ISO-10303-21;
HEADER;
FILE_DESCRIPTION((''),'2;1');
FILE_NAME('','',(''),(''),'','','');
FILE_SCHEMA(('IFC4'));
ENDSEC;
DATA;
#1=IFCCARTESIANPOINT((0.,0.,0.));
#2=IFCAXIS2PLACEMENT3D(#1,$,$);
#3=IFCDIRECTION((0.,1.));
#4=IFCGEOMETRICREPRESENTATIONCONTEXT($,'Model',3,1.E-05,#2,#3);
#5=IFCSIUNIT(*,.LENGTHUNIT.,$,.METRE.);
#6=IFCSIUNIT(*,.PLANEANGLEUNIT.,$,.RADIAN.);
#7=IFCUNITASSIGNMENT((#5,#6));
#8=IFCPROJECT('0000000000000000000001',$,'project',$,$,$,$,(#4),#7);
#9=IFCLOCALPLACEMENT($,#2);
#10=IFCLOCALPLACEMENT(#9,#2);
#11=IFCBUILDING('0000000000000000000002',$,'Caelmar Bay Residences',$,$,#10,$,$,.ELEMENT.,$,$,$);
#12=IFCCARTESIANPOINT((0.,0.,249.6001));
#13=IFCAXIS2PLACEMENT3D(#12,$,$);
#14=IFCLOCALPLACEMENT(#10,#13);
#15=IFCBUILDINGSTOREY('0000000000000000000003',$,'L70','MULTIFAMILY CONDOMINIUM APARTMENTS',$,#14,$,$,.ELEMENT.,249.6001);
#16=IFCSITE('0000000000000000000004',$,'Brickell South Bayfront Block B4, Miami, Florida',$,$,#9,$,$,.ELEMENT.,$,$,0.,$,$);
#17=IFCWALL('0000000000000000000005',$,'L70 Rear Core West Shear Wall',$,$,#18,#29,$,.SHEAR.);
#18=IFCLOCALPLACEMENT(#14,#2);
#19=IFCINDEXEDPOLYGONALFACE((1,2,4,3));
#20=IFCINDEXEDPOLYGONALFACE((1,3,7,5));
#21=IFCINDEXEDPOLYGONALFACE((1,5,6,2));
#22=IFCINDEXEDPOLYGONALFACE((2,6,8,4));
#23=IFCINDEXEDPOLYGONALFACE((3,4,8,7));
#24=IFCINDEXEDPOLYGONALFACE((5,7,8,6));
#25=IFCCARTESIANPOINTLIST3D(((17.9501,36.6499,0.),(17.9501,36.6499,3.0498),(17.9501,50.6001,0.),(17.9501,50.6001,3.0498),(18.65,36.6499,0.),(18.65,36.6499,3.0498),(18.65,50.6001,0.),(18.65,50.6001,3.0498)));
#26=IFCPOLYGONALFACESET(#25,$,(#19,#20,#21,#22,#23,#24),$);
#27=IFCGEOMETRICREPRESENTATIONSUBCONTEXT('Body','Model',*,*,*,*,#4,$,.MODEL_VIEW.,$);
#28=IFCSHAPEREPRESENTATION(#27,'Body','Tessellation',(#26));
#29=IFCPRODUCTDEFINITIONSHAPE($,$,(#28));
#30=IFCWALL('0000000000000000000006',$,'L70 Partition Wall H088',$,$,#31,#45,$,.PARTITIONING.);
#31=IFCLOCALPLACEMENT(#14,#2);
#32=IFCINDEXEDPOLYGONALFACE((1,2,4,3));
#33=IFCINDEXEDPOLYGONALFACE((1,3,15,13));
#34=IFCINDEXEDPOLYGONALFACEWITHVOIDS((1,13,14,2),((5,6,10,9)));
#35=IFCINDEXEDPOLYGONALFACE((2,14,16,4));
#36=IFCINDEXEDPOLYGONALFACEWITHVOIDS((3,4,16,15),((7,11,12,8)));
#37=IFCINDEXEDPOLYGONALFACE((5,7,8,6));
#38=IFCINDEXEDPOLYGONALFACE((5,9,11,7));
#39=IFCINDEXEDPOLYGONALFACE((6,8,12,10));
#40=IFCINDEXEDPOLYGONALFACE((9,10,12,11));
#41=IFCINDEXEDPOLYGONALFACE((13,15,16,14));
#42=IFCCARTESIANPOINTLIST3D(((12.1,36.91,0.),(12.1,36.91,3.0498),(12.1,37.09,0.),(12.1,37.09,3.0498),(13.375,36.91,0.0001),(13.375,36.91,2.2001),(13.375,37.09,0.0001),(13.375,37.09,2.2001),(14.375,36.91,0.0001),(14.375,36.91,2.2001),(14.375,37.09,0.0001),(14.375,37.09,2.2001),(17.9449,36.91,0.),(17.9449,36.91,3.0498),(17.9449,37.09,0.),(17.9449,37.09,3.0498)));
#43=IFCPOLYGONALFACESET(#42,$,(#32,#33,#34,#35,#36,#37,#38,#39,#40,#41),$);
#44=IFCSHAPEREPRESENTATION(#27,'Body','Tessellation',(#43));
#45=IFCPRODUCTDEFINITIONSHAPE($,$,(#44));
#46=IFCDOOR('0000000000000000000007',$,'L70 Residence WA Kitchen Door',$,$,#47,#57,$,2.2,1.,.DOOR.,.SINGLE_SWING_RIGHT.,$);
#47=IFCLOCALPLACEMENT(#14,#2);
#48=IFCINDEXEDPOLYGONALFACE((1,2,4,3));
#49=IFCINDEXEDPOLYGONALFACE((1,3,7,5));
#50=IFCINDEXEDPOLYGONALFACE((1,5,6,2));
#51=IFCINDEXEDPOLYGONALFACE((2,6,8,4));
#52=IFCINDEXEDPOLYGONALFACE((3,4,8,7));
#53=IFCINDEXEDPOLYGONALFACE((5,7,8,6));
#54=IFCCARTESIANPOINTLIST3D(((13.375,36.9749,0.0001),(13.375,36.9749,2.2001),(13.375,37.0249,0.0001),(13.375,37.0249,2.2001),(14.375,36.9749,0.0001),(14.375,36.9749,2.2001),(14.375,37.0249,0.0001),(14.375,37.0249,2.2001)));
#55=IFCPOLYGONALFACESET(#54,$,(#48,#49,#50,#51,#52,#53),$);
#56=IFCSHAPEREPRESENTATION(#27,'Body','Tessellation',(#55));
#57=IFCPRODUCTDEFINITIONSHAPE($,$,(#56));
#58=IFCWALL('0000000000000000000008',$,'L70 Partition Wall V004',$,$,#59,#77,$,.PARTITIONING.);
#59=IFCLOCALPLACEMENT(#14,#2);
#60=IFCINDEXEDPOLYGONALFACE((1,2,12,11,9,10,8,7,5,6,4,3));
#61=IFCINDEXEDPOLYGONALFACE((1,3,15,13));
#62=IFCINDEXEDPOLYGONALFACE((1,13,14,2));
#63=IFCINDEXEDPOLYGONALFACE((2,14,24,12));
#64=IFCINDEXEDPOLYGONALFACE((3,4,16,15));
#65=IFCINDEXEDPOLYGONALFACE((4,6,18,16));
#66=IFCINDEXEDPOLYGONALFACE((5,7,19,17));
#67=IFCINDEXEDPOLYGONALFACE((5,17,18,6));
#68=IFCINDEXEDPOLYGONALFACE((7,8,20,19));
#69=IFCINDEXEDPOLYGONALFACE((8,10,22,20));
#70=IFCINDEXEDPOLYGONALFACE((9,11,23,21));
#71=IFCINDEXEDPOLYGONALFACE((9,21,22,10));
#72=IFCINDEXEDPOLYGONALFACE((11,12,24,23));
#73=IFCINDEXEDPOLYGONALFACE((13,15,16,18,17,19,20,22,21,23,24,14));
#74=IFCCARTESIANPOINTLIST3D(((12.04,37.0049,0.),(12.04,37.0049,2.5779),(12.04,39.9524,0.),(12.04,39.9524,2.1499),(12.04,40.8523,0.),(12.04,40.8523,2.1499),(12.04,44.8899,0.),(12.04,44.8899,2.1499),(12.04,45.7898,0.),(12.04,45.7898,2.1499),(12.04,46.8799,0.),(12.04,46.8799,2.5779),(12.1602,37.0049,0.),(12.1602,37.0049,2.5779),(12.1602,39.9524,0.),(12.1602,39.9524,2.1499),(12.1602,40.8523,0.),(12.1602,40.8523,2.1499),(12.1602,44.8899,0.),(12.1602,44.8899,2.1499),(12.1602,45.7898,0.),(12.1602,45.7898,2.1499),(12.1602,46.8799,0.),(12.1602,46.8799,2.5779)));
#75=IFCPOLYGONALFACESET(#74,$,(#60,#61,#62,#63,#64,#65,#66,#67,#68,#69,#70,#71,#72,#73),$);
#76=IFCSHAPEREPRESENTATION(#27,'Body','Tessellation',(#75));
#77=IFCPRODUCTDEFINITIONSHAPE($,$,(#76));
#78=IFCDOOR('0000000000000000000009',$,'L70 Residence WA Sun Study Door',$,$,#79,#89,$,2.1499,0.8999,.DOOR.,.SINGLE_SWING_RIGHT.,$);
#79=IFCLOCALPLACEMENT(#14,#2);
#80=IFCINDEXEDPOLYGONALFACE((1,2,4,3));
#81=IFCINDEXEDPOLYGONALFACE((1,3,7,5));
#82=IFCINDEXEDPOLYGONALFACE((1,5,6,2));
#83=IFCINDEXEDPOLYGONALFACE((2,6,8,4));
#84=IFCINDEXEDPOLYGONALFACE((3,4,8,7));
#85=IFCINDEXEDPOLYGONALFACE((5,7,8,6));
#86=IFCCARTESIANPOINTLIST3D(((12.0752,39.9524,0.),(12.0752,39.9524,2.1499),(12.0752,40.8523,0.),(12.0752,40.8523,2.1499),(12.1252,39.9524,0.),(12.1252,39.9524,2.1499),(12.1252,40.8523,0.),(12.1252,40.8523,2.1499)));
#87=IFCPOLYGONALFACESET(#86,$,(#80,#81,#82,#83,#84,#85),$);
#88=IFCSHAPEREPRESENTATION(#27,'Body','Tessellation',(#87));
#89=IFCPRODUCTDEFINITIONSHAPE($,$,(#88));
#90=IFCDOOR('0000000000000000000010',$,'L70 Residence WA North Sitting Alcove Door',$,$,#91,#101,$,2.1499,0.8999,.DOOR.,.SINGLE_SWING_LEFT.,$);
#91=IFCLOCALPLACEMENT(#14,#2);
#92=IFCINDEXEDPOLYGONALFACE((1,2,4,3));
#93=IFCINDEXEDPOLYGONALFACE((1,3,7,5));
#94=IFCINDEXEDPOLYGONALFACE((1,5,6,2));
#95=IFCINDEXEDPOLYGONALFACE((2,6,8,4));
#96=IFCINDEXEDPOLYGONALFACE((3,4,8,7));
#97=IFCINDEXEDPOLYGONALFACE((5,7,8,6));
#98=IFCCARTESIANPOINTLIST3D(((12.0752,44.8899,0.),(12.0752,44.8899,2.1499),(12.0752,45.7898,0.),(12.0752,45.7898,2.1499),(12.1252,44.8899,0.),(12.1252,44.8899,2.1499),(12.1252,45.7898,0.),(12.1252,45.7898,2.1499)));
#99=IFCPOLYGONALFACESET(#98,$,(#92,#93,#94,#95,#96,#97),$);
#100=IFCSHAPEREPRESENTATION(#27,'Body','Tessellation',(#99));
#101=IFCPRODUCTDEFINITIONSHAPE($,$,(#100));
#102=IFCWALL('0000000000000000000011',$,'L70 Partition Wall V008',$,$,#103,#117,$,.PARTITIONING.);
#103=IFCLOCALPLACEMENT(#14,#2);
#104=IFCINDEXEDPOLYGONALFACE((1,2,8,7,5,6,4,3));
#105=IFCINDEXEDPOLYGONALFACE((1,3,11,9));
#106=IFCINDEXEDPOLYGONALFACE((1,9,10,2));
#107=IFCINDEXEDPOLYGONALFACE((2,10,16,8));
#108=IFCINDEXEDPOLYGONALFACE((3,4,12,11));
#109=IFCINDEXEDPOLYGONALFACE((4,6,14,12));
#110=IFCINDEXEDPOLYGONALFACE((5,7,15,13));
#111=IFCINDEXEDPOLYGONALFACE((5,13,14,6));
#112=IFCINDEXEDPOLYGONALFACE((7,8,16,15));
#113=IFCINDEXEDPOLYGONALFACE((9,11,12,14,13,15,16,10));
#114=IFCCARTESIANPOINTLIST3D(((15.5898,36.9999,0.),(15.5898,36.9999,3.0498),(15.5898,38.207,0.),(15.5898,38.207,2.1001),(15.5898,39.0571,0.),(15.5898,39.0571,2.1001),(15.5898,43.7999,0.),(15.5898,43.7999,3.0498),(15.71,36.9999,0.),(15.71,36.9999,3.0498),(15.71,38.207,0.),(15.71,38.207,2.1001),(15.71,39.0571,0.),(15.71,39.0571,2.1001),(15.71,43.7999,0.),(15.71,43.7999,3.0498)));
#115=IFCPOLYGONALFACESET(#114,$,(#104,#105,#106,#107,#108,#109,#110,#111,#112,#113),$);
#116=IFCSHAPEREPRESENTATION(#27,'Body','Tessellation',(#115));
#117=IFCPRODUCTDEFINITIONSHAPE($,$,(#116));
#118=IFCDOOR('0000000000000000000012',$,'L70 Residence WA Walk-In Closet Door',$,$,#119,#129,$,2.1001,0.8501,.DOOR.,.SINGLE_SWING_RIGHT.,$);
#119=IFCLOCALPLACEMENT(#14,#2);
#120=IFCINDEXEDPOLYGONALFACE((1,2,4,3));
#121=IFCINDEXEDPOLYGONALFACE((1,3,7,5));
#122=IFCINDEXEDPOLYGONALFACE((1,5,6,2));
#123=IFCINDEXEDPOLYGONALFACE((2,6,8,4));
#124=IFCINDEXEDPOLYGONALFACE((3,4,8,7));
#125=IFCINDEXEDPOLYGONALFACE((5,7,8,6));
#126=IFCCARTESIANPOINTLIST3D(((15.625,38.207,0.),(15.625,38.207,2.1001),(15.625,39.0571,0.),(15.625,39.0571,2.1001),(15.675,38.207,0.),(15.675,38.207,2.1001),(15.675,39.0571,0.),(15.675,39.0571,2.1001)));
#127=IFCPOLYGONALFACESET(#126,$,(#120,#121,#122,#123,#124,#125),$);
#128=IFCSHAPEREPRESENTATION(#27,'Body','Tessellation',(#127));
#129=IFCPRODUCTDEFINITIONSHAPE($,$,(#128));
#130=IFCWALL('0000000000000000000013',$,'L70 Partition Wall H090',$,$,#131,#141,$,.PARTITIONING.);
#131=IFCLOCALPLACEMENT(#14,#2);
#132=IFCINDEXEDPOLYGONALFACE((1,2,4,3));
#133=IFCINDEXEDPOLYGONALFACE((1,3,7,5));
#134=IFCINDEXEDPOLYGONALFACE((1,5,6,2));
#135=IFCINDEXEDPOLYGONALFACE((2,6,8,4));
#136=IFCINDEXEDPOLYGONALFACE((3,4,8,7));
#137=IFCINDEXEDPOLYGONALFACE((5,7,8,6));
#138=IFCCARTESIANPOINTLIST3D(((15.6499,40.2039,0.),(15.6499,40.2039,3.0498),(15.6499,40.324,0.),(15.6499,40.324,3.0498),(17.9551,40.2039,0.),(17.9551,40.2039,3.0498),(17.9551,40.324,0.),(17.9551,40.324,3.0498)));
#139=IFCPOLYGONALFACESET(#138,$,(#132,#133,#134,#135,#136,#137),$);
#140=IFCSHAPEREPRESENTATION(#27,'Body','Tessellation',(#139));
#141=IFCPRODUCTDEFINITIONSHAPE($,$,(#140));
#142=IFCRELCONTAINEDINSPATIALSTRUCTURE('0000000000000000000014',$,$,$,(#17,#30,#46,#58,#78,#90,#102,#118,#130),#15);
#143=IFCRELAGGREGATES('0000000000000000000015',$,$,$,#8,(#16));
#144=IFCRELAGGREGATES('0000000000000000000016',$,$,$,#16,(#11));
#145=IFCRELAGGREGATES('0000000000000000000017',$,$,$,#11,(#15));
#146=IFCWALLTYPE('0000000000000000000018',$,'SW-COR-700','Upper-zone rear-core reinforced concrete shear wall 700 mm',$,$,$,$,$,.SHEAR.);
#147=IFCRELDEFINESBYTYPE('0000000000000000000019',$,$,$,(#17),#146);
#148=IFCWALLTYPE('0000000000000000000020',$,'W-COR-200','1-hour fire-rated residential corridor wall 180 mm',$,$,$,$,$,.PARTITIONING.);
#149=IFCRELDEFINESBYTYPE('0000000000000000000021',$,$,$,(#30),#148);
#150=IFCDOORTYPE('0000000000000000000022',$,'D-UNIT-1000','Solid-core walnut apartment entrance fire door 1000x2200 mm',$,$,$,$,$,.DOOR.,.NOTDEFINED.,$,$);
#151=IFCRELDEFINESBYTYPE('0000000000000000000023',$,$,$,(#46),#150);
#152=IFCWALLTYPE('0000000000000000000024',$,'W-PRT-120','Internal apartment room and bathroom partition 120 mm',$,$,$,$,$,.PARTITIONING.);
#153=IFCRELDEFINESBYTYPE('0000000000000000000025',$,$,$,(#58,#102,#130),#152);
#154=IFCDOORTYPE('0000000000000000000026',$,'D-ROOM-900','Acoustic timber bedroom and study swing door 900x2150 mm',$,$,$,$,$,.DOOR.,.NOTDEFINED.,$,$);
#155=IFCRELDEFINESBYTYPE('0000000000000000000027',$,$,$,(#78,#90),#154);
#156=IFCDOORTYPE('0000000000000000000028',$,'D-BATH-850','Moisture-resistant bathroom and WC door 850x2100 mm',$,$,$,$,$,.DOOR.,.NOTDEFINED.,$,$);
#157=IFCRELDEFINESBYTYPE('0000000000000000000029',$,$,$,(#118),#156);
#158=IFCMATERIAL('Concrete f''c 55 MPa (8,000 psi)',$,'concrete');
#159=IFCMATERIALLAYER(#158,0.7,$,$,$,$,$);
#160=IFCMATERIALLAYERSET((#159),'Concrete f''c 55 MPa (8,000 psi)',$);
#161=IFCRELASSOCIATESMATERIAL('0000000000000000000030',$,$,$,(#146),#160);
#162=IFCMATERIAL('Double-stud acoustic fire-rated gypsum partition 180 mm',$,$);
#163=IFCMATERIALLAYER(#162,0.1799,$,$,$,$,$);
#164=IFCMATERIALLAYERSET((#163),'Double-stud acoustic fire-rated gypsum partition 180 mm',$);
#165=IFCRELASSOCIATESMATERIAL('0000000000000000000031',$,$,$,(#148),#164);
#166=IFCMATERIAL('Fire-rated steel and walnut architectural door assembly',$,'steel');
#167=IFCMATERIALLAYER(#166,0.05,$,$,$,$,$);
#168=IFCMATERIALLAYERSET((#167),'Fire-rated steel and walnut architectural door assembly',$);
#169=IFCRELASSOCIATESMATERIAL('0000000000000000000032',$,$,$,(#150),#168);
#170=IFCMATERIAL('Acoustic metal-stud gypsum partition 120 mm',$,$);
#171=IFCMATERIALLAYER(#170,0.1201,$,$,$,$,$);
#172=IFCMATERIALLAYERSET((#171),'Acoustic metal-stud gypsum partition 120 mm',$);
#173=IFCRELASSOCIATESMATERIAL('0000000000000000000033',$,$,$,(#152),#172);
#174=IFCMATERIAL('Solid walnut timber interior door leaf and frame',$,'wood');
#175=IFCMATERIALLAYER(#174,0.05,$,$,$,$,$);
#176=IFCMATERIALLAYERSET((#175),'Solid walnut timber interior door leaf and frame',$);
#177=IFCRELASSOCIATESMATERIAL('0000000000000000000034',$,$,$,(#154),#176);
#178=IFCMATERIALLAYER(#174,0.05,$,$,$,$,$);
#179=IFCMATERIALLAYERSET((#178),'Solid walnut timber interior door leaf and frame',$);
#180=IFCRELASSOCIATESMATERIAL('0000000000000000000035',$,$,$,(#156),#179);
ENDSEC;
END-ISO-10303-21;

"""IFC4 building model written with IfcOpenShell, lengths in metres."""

from ifc_helpers import new_model, si_unit, direction, frame, frame_2d, origin, place, context, subcontext, project, spatial, rectangle, extrude, material, layer, layer_set, type_object, element, fill, save


model = new_model("IFC4")

# Units and contexts
model_context = context("Model", 3, precision=1e-05, world=origin(), true_north=direction((0.0, 1.0)))
body_context = subcontext(model_context, "Body", "Model", "MODEL_VIEW")
ifc_project = project(units=[si_unit("LENGTHUNIT", "METRE"), si_unit("PLANEANGLEUNIT", "RADIAN")], contexts=[model_context])

# Site, building, storey
site_placement = place(None, origin())
site = spatial("IfcSite", under=ifc_project, at=site_placement, Name="Brickell South Bayfront Block B4, Miami, Florida", CompositionType="ELEMENT", RefElevation=0.0)
building_placement = place(site_placement, origin())
building = spatial("IfcBuilding", under=site, at=building_placement, Name="Caelmar Bay Residences", CompositionType="ELEMENT")
storey_placement = place(building_placement, frame((0.0, 0.0, 249.6001)))
storey = spatial("IfcBuildingStorey", under=building, at=storey_placement, Name="L70", Description="MULTIFAMILY CONDOMINIUM APARTMENTS", CompositionType="ELEMENT", Elevation=249.6001)

# Shared definitions
ifc_material_1 = material(Name="Concrete f'c 55 MPa (8,000 psi)", Category="concrete")
ifc_layer_1 = layer(ifc_material_1, 0.7)
ifc_layer_set_1 = layer_set([ifc_layer_1], Name="Concrete f'c 55 MPa (8,000 psi)")
wall_type_1 = type_object("IfcWallType", Name="SW-COR-700", Description="Upper-zone rear-core reinforced concrete shear wall 700 mm", PredefinedType="SHEAR", material=ifc_layer_set_1)
ifc_material_2 = material(Name="Fire-rated steel and walnut architectural door assembly", Category="steel")

# Wall
wall_1_placement = place(storey_placement, frame((18.3, 36.6499, 0.0), z_axis=(0.0, 0.0, 1.0), x_axis=(0.0, 1.0, 0.0)))
element("IfcWall", 1, at=wall_1_placement, inside=storey, type_object=wall_type_1, Name="L70 Rear Core West Shear Wall", PredefinedType="SHEAR", context=body_context, shape_type="SweptSolid", body=[
    extrude(rectangle(XDim=13.9502, YDim=0.7, at=frame_2d((6.9751, 0.0))), origin(), (0.0, 0.0, 1.0), 3.0498),
])

# Wall, opening, door
ifc_material_3 = material(Name="Double-stud acoustic fire-rated gypsum partition 180 mm")
ifc_layer_2 = layer(ifc_material_3, 0.1799)
ifc_layer_set_2 = layer_set([ifc_layer_2], Name="Double-stud acoustic fire-rated gypsum partition 180 mm")
wall_type_2 = type_object("IfcWallType", Name="W-COR-200", Description="1-hour fire-rated residential corridor wall 180 mm", PredefinedType="PARTITIONING", material=ifc_layer_set_2)
wall_2_placement = place(storey_placement, frame((12.1001, 37.0, 0.0), z_axis=(0.0, 0.0, 1.0), x_axis=(1.0, 0.0, 0.0)))
wall_2 = element("IfcWall", 2, at=wall_2_placement, inside=storey, type_object=wall_type_2, Name="L70 Partition Wall H088", PredefinedType="PARTITIONING", context=body_context, shape_type="SweptSolid", body=[
    extrude(rectangle(XDim=5.845, YDim=0.1799, at=frame_2d((2.9224, 0.0))), origin(), (0.0, 0.0, 1.0), 3.0498),
])
opening_1_placement = place(wall_2_placement, frame((1.2749, 0.0, 0.0)))
opening_1 = element("IfcOpeningElement", 3, at=opening_1_placement, cuts=wall_2, PredefinedType="OPENING", context=body_context, shape_type="SweptSolid", body=[
    extrude(rectangle(XDim=1.0, YDim=2.2, at=frame_2d((0.5, 1.1001))), frame((0.0, 0.0999, 0.0), z_axis=(0.0, -1.0, 0.0), x_axis=(1.0, 0.0, 0.0)), (0.0, 0.0, 1.0), 0.2),
])
ifc_layer_3 = layer(ifc_material_2, 0.05)
ifc_layer_set_3 = layer_set([ifc_layer_3], Name="Fire-rated steel and walnut architectural door assembly")
door_type_1 = type_object("IfcDoorType", Name="D-UNIT-1000", Description="Solid-core walnut apartment entrance fire door 1000x2200 mm", OperationType="NOTDEFINED", PredefinedType="DOOR", material=ifc_layer_set_3)
door_1_placement = place(opening_1_placement, origin())
door_1 = element("IfcDoor", 4, at=door_1_placement, inside=storey, type_object=door_type_1, Name="L70 Residence WA Kitchen Door", OperationType="SINGLE_SWING_RIGHT", OverallHeight=2.2, OverallWidth=1.0, PredefinedType="DOOR", context=body_context, shape_type="SweptSolid", body=[
    extrude(rectangle(XDim=1.0, YDim=2.2, at=frame_2d((0.5, 1.1001))), frame((0.0, 0.0249, 0.0), z_axis=(0.0, -1.0, 0.0), x_axis=(1.0, 0.0, 0.0)), (0.0, 0.0, 1.0), 0.05),
])
fill(opening_1, door_1)

# Wall, openings, doors
ifc_material_4 = material(Name="Acoustic metal-stud gypsum partition 120 mm")
ifc_layer_4 = layer(ifc_material_4, 0.1201)
ifc_layer_set_4 = layer_set([ifc_layer_4], Name="Acoustic metal-stud gypsum partition 120 mm")
wall_type_3 = type_object("IfcWallType", Name="W-PRT-120", Description="Internal apartment room and bathroom partition 120 mm", PredefinedType="PARTITIONING", material=ifc_layer_set_4)
wall_3_placement = place(storey_placement, frame((12.1001, 37.0049, 0.0), z_axis=(0.0, 0.0, 1.0), x_axis=(0.0, 1.0, 0.0)))
wall_3 = element("IfcWall", 5, at=wall_3_placement, inside=storey, type_object=wall_type_3, Name="L70 Partition Wall V004", PredefinedType="PARTITIONING", context=body_context, shape_type="SweptSolid", body=[
    extrude(rectangle(XDim=9.875, YDim=0.1201, at=frame_2d((4.9375, 0.0))), origin(), (0.0, 0.0, 1.0), 2.5779),
])
opening_2_placement = place(wall_3_placement, frame((2.9475, 0.0, 0.0)))
opening_2 = element("IfcOpeningElement", 6, at=opening_2_placement, cuts=wall_3, PredefinedType="OPENING", context=body_context, shape_type="SweptSolid", body=[
    extrude(rectangle(XDim=0.8999, YDim=2.1499, at=frame_2d((0.45, 1.075))), frame((0.0, 0.0701, 0.0), z_axis=(0.0, -1.0, 0.0), x_axis=(1.0, 0.0, 0.0)), (0.0, 0.0, 1.0), 0.1401),
])
opening_3_placement = place(wall_3_placement, frame((7.885, 0.0, 0.0)))
opening_3 = element("IfcOpeningElement", 7, at=opening_3_placement, cuts=wall_3, PredefinedType="OPENING", context=body_context, shape_type="SweptSolid", body=[
    extrude(rectangle(XDim=0.8999, YDim=2.1499, at=frame_2d((0.45, 1.075))), frame((0.0, 0.0701, 0.0), z_axis=(0.0, -1.0, 0.0), x_axis=(1.0, 0.0, 0.0)), (0.0, 0.0, 1.0), 0.1401),
])
ifc_material_5 = material(Name="Solid walnut timber interior door leaf and frame", Category="wood")
ifc_layer_5 = layer(ifc_material_5, 0.05)
ifc_layer_set_5 = layer_set([ifc_layer_5], Name="Solid walnut timber interior door leaf and frame")
door_type_2 = type_object("IfcDoorType", Name="D-ROOM-900", Description="Acoustic timber bedroom and study swing door 900x2150 mm", OperationType="NOTDEFINED", PredefinedType="DOOR", material=ifc_layer_set_5)
door_2_placement = place(opening_2_placement, origin())
door_2 = element("IfcDoor", 8, at=door_2_placement, inside=storey, type_object=door_type_2, Name="L70 Residence WA Sun Study Door", OperationType="SINGLE_SWING_RIGHT", OverallHeight=2.1499, OverallWidth=0.8999, PredefinedType="DOOR", context=body_context, shape_type="SweptSolid", body=[
    extrude(rectangle(XDim=0.8999, YDim=2.1499, at=frame_2d((0.45, 1.075))), frame((0.0, 0.0249, 0.0), z_axis=(0.0, -1.0, 0.0), x_axis=(1.0, 0.0, 0.0)), (0.0, 0.0, 1.0), 0.05),
])
fill(opening_2, door_2)
door_3_placement = place(opening_3_placement, origin())
door_3 = element("IfcDoor", 9, at=door_3_placement, inside=storey, type_object=door_type_2, Name="L70 Residence WA North Sitting Alcove Door", OperationType="SINGLE_SWING_LEFT", OverallHeight=2.1499, OverallWidth=0.8999, PredefinedType="DOOR", context=body_context, shape_type="SweptSolid", body=[
    extrude(rectangle(XDim=0.8999, YDim=2.1499, at=frame_2d((0.45, 1.075))), frame((0.0, 0.0249, 0.0), z_axis=(0.0, -1.0, 0.0), x_axis=(1.0, 0.0, 0.0)), (0.0, 0.0, 1.0), 0.05),
])
fill(opening_3, door_3)

# Wall, opening, door
wall_4_placement = place(storey_placement, frame((15.6499, 37.0, 0.0), z_axis=(0.0, 0.0, 1.0), x_axis=(0.0, 1.0, 0.0)))
wall_4 = element("IfcWall", 10, at=wall_4_placement, inside=storey, type_object=wall_type_3, Name="L70 Partition Wall V008", PredefinedType="PARTITIONING", context=body_context, shape_type="SweptSolid", body=[
    extrude(rectangle(XDim=6.8, YDim=0.1201, at=frame_2d((3.3999, 0.0))), origin(), (0.0, 0.0, 1.0), 3.0498),
])
opening_4_placement = place(wall_4_placement, frame((1.207, 0.0, 0.0)))
opening_4 = element("IfcOpeningElement", 11, at=opening_4_placement, cuts=wall_4, PredefinedType="OPENING", context=body_context, shape_type="SweptSolid", body=[
    extrude(rectangle(XDim=0.8501, YDim=2.1001, at=frame_2d((0.425, 1.05))), frame((0.0, 0.0701, 0.0), z_axis=(0.0, -1.0, 0.0), x_axis=(1.0, 0.0, 0.0)), (0.0, 0.0, 1.0), 0.1401),
])
ifc_layer_6 = layer(ifc_material_5, 0.05)
ifc_layer_set_6 = layer_set([ifc_layer_6], Name="Solid walnut timber interior door leaf and frame")
door_type_3 = type_object("IfcDoorType", Name="D-BATH-850", Description="Moisture-resistant bathroom and WC door 850x2100 mm", OperationType="NOTDEFINED", PredefinedType="DOOR", material=ifc_layer_set_6)
door_4_placement = place(opening_4_placement, origin())
door_4 = element("IfcDoor", 12, at=door_4_placement, inside=storey, type_object=door_type_3, Name="L70 Residence WA Walk-In Closet Door", OperationType="SINGLE_SWING_RIGHT", OverallHeight=2.1001, OverallWidth=0.8501, PredefinedType="DOOR", context=body_context, shape_type="SweptSolid", body=[
    extrude(rectangle(XDim=0.8501, YDim=2.1001, at=frame_2d((0.425, 1.05))), frame((0.0, 0.0249, 0.0), z_axis=(0.0, -1.0, 0.0), x_axis=(1.0, 0.0, 0.0)), (0.0, 0.0, 1.0), 0.05),
])
fill(opening_4, door_4)

# Wall
wall_5_placement = place(storey_placement, frame((15.6499, 40.2639, 0.0), z_axis=(0.0, 0.0, 1.0), x_axis=(1.0, 0.0, 0.0)))
element("IfcWall", 13, at=wall_5_placement, inside=storey, type_object=wall_type_3, Name="L70 Partition Wall H090", PredefinedType="PARTITIONING", context=body_context, shape_type="SweptSolid", body=[
    extrude(rectangle(XDim=2.3052, YDim=0.1201, at=frame_2d((1.1526, 0.0))), origin(), (0.0, 0.0, 1.0), 3.0498),
])

save(model, "model.ifc")
